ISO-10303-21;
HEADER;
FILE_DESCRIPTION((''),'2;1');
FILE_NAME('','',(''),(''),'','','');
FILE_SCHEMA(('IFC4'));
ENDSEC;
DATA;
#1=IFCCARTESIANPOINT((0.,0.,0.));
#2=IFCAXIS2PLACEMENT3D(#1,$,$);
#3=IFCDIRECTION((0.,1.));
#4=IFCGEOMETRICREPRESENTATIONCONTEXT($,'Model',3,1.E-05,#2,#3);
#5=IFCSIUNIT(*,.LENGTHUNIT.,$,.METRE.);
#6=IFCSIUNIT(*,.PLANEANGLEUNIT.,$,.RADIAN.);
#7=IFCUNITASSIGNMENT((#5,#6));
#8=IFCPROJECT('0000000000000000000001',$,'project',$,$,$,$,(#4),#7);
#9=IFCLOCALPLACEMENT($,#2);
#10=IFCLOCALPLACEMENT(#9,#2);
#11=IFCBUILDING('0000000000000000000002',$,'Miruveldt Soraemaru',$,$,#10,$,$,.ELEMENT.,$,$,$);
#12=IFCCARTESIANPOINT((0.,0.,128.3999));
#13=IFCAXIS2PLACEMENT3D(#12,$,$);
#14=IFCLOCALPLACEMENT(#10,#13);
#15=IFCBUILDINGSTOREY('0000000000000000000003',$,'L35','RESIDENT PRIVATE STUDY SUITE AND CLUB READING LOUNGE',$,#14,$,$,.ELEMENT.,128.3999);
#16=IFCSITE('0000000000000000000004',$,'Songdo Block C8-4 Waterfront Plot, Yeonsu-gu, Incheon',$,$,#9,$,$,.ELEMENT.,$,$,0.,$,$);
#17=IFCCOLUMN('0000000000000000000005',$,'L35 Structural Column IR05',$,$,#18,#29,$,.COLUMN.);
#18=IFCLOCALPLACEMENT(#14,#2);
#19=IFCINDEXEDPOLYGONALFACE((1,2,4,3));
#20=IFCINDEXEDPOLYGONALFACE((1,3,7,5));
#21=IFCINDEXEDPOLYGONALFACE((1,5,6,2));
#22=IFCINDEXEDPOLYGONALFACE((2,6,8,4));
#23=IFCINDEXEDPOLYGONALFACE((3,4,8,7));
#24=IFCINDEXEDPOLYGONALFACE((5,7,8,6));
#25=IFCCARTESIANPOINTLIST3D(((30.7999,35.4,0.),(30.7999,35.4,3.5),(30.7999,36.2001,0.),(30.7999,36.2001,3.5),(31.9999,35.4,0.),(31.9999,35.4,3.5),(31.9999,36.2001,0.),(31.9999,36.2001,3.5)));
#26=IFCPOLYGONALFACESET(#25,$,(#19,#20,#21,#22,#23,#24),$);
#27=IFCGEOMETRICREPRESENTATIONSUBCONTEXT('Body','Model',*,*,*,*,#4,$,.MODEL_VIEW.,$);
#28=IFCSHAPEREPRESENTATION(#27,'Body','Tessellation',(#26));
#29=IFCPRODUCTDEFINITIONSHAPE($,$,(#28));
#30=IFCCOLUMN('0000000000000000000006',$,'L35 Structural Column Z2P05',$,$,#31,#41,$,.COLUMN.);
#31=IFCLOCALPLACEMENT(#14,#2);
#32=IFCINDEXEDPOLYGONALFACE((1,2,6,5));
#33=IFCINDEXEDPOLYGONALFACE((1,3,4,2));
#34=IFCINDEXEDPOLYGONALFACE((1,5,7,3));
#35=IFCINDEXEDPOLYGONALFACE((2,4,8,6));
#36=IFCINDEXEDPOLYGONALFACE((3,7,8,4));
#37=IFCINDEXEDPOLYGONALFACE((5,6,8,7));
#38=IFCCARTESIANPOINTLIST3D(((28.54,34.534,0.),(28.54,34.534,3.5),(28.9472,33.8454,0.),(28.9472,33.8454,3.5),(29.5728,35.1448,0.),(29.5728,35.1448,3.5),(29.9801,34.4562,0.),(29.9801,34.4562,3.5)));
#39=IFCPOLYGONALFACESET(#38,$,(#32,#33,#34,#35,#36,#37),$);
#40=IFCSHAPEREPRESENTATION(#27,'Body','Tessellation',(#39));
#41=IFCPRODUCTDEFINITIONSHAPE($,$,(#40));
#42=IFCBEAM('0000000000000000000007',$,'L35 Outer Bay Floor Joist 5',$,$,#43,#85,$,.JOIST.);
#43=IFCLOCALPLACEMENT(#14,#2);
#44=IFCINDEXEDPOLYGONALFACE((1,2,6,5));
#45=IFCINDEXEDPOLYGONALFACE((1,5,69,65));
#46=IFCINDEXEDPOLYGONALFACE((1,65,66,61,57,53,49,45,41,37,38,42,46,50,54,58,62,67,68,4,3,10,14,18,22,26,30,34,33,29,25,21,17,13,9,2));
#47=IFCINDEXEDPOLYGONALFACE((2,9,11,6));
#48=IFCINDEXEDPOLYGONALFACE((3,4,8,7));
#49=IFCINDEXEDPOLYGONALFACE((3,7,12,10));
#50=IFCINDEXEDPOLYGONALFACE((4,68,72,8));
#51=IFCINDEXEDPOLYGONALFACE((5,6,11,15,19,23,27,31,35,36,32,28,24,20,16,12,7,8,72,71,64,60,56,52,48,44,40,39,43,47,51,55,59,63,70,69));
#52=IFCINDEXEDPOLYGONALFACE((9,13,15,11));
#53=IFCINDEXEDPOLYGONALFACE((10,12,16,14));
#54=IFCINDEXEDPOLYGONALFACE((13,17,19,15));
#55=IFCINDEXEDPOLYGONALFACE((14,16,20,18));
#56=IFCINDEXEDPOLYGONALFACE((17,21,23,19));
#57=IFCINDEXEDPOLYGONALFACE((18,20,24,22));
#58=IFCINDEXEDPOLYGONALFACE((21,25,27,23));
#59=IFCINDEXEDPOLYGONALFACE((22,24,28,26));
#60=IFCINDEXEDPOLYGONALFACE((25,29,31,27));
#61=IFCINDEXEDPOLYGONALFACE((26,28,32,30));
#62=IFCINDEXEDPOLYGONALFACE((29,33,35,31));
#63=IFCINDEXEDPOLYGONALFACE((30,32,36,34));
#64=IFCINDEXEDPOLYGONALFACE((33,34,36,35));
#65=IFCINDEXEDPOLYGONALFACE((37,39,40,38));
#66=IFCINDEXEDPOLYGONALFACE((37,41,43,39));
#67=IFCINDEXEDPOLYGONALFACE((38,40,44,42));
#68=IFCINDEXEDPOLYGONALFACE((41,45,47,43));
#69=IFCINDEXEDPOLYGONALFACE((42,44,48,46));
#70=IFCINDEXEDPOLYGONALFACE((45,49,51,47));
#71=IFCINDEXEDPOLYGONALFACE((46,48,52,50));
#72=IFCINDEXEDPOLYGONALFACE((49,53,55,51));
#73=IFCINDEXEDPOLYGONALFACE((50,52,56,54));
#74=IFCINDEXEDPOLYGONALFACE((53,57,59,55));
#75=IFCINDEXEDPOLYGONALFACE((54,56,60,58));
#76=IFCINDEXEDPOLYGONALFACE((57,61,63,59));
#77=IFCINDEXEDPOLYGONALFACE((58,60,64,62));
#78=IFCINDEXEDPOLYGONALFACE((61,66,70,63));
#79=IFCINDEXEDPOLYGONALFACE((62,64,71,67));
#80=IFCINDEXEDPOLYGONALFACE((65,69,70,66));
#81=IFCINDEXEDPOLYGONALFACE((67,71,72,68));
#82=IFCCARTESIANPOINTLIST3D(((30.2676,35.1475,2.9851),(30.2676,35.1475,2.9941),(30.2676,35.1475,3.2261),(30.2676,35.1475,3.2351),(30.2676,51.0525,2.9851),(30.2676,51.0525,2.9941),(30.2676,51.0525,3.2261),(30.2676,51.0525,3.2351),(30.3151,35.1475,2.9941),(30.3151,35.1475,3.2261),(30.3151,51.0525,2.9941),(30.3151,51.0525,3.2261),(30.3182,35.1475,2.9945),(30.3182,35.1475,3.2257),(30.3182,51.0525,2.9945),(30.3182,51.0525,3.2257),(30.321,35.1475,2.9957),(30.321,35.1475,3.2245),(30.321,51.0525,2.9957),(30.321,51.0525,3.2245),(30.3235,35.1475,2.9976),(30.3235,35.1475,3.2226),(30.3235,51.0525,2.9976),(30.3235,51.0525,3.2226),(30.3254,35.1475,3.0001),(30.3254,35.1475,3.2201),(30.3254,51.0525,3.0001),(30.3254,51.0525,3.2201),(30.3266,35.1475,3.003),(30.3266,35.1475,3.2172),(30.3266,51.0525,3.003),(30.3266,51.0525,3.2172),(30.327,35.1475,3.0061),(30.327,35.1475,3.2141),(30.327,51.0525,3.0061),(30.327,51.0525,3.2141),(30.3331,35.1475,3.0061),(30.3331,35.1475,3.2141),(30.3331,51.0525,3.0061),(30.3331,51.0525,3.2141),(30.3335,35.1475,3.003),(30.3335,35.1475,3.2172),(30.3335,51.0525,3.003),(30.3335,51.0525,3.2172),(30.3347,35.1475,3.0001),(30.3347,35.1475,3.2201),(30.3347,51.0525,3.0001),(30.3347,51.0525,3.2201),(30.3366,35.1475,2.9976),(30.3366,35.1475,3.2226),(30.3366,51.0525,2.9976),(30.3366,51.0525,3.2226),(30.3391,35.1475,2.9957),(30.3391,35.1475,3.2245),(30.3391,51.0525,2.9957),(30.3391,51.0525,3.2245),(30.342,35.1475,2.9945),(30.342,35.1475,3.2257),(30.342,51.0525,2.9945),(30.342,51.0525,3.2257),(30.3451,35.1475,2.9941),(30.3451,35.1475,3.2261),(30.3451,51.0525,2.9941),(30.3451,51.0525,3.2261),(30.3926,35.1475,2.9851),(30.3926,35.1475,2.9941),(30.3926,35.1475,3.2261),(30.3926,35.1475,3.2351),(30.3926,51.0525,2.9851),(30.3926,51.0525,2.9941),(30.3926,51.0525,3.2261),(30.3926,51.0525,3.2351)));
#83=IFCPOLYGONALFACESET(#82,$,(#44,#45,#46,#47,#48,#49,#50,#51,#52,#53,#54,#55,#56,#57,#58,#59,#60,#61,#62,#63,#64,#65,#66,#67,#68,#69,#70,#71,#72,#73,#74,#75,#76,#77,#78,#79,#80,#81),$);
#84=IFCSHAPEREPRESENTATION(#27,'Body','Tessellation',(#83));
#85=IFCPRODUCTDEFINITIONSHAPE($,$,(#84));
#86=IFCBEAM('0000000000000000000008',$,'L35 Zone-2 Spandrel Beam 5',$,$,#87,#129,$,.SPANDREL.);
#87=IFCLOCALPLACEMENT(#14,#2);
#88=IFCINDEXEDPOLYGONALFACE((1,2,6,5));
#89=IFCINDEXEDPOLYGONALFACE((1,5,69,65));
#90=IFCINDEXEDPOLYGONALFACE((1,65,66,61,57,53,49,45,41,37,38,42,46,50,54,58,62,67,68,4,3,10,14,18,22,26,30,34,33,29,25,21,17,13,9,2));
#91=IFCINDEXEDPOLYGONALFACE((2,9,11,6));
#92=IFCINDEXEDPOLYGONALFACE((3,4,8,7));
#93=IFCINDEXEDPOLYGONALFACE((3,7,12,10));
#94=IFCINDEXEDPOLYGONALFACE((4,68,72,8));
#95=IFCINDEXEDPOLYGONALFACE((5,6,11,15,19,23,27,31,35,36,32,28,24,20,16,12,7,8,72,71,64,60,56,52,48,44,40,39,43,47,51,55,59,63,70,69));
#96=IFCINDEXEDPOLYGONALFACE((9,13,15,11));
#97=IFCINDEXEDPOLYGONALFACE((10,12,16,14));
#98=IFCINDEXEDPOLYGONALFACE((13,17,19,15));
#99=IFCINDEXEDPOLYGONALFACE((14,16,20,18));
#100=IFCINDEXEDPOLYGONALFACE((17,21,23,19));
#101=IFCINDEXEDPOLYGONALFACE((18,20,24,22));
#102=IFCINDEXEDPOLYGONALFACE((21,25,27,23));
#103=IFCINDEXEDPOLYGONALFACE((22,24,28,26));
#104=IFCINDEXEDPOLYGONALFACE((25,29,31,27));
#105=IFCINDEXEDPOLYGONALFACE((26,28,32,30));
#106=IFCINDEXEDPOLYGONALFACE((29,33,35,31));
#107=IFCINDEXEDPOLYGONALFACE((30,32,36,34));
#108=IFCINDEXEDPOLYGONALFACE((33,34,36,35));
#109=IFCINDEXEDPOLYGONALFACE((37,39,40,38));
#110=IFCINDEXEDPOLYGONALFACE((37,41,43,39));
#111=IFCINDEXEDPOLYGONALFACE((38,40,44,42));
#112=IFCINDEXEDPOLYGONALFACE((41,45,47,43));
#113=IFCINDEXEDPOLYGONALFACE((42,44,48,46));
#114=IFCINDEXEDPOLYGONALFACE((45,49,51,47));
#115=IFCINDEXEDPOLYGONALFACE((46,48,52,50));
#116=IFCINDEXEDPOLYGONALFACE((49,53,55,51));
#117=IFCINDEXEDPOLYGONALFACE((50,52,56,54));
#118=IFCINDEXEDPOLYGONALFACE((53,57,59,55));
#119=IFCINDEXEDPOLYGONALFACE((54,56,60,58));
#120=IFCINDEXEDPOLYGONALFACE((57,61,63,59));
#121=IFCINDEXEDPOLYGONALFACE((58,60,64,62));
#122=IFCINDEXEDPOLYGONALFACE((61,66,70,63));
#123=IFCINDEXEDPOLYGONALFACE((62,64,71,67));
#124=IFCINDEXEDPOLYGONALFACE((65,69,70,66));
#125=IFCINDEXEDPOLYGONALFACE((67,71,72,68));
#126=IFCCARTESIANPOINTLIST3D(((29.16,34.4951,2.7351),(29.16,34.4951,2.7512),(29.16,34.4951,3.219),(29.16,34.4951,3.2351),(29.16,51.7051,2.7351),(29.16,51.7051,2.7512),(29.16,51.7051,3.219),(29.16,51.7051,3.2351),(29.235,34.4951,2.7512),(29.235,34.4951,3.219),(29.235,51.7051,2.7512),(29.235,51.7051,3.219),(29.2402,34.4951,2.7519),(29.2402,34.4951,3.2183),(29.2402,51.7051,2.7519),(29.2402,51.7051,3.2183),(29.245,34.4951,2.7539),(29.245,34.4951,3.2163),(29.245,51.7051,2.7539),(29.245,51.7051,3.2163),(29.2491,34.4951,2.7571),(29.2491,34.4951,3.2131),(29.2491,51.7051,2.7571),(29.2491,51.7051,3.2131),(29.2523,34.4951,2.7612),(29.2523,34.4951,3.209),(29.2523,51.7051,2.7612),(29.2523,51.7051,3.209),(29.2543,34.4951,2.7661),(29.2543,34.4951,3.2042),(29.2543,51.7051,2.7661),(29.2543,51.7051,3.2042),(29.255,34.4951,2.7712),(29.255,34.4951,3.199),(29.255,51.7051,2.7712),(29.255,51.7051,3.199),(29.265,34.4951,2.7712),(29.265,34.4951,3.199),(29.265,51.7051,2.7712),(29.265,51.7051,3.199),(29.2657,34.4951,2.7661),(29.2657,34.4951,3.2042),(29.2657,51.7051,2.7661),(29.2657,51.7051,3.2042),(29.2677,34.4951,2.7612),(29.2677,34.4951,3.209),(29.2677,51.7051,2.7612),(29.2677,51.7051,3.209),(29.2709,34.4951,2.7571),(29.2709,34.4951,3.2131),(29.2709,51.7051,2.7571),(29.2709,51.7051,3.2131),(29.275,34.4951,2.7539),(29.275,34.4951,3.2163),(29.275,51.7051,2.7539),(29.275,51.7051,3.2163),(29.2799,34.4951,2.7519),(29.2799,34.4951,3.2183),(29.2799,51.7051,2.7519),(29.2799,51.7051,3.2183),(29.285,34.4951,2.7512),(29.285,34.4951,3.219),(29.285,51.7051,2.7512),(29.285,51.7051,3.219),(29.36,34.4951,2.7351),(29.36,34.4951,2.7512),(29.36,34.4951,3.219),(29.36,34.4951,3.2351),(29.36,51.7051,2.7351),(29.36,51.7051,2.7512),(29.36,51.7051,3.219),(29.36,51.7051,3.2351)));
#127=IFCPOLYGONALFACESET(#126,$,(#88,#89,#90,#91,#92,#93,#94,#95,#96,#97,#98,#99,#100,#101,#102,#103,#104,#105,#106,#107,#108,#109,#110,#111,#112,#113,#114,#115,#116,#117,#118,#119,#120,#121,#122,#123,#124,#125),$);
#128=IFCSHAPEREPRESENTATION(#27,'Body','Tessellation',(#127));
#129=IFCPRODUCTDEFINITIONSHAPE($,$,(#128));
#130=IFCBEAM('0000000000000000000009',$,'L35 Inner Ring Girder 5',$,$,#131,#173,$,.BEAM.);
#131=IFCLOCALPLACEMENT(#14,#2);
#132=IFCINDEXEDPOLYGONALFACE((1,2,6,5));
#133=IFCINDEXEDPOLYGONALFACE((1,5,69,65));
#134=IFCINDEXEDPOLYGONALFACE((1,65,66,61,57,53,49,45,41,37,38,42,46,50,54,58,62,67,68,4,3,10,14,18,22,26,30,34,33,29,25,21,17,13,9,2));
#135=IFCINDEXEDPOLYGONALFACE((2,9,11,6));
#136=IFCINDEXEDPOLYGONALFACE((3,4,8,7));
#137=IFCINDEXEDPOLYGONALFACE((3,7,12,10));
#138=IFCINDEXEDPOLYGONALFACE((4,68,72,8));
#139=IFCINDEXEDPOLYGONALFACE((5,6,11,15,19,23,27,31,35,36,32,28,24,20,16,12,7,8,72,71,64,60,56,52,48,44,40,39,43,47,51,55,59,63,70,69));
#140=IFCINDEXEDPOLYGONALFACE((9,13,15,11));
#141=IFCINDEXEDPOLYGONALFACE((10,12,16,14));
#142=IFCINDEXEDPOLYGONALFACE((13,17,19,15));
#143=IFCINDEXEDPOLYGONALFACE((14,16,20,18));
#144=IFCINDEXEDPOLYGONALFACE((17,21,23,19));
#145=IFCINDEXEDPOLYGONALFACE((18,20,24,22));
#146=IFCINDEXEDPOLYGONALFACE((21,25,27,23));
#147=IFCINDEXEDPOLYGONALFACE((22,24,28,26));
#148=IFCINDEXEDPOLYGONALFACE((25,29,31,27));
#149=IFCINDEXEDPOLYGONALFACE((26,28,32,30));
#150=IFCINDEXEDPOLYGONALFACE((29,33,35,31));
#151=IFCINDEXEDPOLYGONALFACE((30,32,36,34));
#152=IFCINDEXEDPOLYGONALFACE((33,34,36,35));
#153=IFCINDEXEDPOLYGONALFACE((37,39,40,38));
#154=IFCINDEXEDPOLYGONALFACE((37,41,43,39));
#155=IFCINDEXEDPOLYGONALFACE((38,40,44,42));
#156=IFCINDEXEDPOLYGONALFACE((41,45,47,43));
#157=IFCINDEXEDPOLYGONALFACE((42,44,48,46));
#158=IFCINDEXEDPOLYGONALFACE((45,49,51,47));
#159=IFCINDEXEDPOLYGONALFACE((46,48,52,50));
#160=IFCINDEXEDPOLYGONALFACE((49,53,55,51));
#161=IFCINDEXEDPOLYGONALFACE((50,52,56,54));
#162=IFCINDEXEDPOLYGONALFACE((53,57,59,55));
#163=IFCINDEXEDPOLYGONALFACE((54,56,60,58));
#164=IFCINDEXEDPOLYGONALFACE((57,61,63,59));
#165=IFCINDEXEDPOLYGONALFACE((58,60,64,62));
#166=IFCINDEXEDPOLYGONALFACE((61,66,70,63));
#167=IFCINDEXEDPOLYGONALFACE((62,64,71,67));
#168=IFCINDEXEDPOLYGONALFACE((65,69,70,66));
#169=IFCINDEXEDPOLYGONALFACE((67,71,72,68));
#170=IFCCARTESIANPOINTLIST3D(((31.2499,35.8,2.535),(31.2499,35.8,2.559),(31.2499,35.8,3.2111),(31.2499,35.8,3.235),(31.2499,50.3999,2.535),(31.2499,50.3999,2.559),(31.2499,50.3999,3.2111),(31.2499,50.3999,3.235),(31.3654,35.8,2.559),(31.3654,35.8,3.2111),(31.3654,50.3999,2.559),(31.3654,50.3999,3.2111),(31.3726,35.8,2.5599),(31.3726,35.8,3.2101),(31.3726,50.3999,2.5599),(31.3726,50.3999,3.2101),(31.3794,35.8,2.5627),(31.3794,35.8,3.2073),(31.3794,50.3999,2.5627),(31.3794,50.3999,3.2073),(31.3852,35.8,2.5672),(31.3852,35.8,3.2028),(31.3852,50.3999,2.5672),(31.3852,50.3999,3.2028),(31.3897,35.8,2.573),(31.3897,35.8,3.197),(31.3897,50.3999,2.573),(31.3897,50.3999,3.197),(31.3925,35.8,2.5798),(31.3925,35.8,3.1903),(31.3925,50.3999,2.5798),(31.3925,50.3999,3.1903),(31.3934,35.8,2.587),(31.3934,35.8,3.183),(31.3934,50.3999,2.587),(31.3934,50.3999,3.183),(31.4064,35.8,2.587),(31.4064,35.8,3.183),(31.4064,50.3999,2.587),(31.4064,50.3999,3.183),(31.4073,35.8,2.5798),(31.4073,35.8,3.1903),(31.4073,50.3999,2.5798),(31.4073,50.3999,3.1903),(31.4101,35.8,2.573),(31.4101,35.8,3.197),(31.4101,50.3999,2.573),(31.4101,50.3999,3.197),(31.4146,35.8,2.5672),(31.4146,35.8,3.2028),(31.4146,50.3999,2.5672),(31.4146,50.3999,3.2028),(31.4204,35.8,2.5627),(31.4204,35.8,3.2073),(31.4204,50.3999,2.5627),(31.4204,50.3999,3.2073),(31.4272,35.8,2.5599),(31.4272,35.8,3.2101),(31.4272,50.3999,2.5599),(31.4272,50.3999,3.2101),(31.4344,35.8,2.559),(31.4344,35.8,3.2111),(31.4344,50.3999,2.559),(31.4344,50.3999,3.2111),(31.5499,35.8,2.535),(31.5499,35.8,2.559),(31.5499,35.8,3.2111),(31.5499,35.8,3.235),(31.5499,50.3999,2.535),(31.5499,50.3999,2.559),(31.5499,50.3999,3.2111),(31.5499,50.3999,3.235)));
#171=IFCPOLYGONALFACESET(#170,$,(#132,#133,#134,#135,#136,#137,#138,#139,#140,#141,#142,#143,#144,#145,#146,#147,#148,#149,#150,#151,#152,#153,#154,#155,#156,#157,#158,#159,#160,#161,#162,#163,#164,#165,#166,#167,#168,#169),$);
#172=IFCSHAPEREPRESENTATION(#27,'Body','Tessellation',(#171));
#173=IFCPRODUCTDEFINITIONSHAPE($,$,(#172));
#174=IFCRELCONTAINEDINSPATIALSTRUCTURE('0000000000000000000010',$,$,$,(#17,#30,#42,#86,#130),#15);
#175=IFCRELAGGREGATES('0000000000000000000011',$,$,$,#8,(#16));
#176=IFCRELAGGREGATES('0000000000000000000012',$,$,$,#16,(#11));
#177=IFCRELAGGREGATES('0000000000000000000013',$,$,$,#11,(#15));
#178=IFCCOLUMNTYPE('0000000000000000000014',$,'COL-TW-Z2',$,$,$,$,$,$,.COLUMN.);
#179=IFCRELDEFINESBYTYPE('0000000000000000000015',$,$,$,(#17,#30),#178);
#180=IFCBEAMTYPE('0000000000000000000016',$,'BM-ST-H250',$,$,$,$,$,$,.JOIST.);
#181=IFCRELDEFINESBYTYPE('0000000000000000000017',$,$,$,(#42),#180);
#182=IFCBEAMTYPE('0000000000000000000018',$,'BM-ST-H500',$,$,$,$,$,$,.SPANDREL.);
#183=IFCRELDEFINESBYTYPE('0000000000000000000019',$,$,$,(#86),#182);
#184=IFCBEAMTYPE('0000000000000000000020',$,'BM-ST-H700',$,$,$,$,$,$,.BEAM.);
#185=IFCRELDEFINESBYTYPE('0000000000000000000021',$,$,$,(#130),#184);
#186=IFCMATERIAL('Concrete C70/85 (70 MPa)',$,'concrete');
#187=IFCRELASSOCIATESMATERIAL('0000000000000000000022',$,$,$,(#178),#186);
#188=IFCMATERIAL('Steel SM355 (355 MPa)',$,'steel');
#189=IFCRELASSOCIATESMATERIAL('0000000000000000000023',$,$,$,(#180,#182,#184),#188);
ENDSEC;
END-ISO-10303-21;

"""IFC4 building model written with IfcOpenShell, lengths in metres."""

from ifc_helpers import new_model, si_unit, direction, frame, origin, origin_2d, place, context, subcontext, project, spatial, rectangle, i_section, extrude, material, material_profile, profile_set, type_object, element, save


model = new_model("IFC4")

# Units and contexts
model_context = context("Model", 3, precision=1e-05, world=origin(), true_north=direction((0.0, 1.0)))
body_context = subcontext(model_context, "Body", "Model", "MODEL_VIEW")
ifc_project = project(units=[si_unit("LENGTHUNIT", "METRE"), si_unit("PLANEANGLEUNIT", "RADIAN")], contexts=[model_context])

# Site, building, storey
site_placement = place(None, origin())
site = spatial("IfcSite", under=ifc_project, at=site_placement, Name="Songdo Block C8-4 Waterfront Plot, Yeonsu-gu, Incheon", CompositionType="ELEMENT", RefElevation=0.0)
building_placement = place(site_placement, origin())
building = spatial("IfcBuilding", under=site, at=building_placement, Name="Miruveldt Soraemaru", CompositionType="ELEMENT")
storey_placement = place(building_placement, frame((0.0, 0.0, 128.3999)))
storey = spatial("IfcBuildingStorey", under=building, at=storey_placement, Name="L35", Description="RESIDENT PRIVATE STUDY SUITE AND CLUB READING LOUNGE", CompositionType="ELEMENT", Elevation=128.3999)

# Columns
ifc_material_1 = material(Name="Concrete C70/85 (70 MPa)", Category="concrete")
ifc_material_profile_1 = material_profile(ifc_material_1, rectangle(XDim=1.2, YDim=0.8, at=origin_2d()), Name="Concrete C70/85 (70 MPa)", Category="concrete")
ifc_profile_set_1 = profile_set([ifc_material_profile_1], Name="Concrete C70/85 (70 MPa)")
column_type = type_object("IfcColumnType", Name="COL-TW-Z2", PredefinedType="COLUMN", material=ifc_profile_set_1)
for number, where, z_axis, x_axis, name in (
    (1, (31.3999, 35.8, 0.0), (0.0, 0.0, 1.0), (1.0, 0.0, 0.0), "L35 Structural Column IR05"),
    (2, (29.26, 34.4951, 0.0), (0.0, 0.0, 1.0), (0.860742, 0.509041, 0.0), "L35 Structural Column Z2P05"),
):
    element("IfcColumn", number, at=place(storey_placement, frame(where, z_axis=z_axis, x_axis=x_axis)), inside=storey, type_object=column_type, Name=name, PredefinedType="COLUMN", context=body_context, shape_type="SweptSolid", body=[
        extrude(rectangle(XDim=1.2, YDim=0.8, at=origin_2d()), origin(), (0.0, 0.0, 1.0), 3.5),
    ])

# Beams
ifc_material_2 = material(Name="Steel SM355 (355 MPa)", Category="steel")
ifc_material_profile_2 = material_profile(ifc_material_2, i_section(OverallWidth=0.125, OverallDepth=0.25, WebThickness=0.0061, FlangeThickness=0.009, FilletRadius=0.012, at=origin_2d()), Name="Steel SM355 (355 MPa)", Category="steel")
ifc_profile_set_2 = profile_set([ifc_material_profile_2], Name="Steel SM355 (355 MPa)")
beam_type_1 = type_object("IfcBeamType", Name="BM-ST-H250", PredefinedType="JOIST", material=ifc_profile_set_2)
beam_1_placement = place(storey_placement, frame((30.3301, 35.1475, 3.1101), z_axis=(0.0, 1.0, 0.0), x_axis=(-1.0, 0.0, 0.0)))
element("IfcBeam", 3, at=beam_1_placement, inside=storey, type_object=beam_type_1, Name="L35 Outer Bay Floor Joist 5", PredefinedType="JOIST", context=body_context, shape_type="SweptSolid", body=[
    extrude(i_section(OverallWidth=0.125, OverallDepth=0.25, WebThickness=0.0061, FlangeThickness=0.009, FilletRadius=0.012, at=origin_2d()), origin(), (0.0, 0.0, 1.0), 15.905),
])
ifc_material_profile_3 = material_profile(ifc_material_2, i_section(OverallWidth=0.2, OverallDepth=0.5, WebThickness=0.01, FlangeThickness=0.0161, FilletRadius=0.02, at=origin_2d()), Name="Steel SM355 (355 MPa)", Category="steel")
ifc_profile_set_3 = profile_set([ifc_material_profile_3], Name="Steel SM355 (355 MPa)")
beam_type_2 = type_object("IfcBeamType", Name="BM-ST-H500", PredefinedType="SPANDREL", material=ifc_profile_set_3)
beam_2_placement = place(storey_placement, frame((29.26, 34.4951, 2.9851), z_axis=(0.0, 1.0, 0.0), x_axis=(-1.0, 0.0, 0.0)))
element("IfcBeam", 4, at=beam_2_placement, inside=storey, type_object=beam_type_2, Name="L35 Zone-2 Spandrel Beam 5", PredefinedType="SPANDREL", context=body_context, shape_type="SweptSolid", body=[
    extrude(i_section(OverallWidth=0.2, OverallDepth=0.5, WebThickness=0.01, FlangeThickness=0.0161, FilletRadius=0.02, at=origin_2d()), origin(), (0.0, 0.0, 1.0), 17.21),
])
ifc_material_profile_4 = material_profile(ifc_material_2, i_section(OverallWidth=0.3, OverallDepth=0.7, WebThickness=0.0129, FlangeThickness=0.0239, FilletRadius=0.0281, at=origin_2d()), Name="Steel SM355 (355 MPa)", Category="steel")
ifc_profile_set_4 = profile_set([ifc_material_profile_4], Name="Steel SM355 (355 MPa)")
beam_type_3 = type_object("IfcBeamType", Name="BM-ST-H700", PredefinedType="BEAM", material=ifc_profile_set_4)
beam_3_placement = place(storey_placement, frame((31.3999, 35.8, 2.885), z_axis=(0.0, 1.0, 0.0), x_axis=(-1.0, 0.0, 0.0)))
element("IfcBeam", 5, at=beam_3_placement, inside=storey, type_object=beam_type_3, Name="L35 Inner Ring Girder 5", PredefinedType="BEAM", context=body_context, shape_type="SweptSolid", body=[
    extrude(i_section(OverallWidth=0.3, OverallDepth=0.7, WebThickness=0.0129, FlangeThickness=0.0239, FilletRadius=0.0281, at=origin_2d()), origin(), (0.0, 0.0, 1.0), 14.5999),
])

save(model, "model.ifc")
